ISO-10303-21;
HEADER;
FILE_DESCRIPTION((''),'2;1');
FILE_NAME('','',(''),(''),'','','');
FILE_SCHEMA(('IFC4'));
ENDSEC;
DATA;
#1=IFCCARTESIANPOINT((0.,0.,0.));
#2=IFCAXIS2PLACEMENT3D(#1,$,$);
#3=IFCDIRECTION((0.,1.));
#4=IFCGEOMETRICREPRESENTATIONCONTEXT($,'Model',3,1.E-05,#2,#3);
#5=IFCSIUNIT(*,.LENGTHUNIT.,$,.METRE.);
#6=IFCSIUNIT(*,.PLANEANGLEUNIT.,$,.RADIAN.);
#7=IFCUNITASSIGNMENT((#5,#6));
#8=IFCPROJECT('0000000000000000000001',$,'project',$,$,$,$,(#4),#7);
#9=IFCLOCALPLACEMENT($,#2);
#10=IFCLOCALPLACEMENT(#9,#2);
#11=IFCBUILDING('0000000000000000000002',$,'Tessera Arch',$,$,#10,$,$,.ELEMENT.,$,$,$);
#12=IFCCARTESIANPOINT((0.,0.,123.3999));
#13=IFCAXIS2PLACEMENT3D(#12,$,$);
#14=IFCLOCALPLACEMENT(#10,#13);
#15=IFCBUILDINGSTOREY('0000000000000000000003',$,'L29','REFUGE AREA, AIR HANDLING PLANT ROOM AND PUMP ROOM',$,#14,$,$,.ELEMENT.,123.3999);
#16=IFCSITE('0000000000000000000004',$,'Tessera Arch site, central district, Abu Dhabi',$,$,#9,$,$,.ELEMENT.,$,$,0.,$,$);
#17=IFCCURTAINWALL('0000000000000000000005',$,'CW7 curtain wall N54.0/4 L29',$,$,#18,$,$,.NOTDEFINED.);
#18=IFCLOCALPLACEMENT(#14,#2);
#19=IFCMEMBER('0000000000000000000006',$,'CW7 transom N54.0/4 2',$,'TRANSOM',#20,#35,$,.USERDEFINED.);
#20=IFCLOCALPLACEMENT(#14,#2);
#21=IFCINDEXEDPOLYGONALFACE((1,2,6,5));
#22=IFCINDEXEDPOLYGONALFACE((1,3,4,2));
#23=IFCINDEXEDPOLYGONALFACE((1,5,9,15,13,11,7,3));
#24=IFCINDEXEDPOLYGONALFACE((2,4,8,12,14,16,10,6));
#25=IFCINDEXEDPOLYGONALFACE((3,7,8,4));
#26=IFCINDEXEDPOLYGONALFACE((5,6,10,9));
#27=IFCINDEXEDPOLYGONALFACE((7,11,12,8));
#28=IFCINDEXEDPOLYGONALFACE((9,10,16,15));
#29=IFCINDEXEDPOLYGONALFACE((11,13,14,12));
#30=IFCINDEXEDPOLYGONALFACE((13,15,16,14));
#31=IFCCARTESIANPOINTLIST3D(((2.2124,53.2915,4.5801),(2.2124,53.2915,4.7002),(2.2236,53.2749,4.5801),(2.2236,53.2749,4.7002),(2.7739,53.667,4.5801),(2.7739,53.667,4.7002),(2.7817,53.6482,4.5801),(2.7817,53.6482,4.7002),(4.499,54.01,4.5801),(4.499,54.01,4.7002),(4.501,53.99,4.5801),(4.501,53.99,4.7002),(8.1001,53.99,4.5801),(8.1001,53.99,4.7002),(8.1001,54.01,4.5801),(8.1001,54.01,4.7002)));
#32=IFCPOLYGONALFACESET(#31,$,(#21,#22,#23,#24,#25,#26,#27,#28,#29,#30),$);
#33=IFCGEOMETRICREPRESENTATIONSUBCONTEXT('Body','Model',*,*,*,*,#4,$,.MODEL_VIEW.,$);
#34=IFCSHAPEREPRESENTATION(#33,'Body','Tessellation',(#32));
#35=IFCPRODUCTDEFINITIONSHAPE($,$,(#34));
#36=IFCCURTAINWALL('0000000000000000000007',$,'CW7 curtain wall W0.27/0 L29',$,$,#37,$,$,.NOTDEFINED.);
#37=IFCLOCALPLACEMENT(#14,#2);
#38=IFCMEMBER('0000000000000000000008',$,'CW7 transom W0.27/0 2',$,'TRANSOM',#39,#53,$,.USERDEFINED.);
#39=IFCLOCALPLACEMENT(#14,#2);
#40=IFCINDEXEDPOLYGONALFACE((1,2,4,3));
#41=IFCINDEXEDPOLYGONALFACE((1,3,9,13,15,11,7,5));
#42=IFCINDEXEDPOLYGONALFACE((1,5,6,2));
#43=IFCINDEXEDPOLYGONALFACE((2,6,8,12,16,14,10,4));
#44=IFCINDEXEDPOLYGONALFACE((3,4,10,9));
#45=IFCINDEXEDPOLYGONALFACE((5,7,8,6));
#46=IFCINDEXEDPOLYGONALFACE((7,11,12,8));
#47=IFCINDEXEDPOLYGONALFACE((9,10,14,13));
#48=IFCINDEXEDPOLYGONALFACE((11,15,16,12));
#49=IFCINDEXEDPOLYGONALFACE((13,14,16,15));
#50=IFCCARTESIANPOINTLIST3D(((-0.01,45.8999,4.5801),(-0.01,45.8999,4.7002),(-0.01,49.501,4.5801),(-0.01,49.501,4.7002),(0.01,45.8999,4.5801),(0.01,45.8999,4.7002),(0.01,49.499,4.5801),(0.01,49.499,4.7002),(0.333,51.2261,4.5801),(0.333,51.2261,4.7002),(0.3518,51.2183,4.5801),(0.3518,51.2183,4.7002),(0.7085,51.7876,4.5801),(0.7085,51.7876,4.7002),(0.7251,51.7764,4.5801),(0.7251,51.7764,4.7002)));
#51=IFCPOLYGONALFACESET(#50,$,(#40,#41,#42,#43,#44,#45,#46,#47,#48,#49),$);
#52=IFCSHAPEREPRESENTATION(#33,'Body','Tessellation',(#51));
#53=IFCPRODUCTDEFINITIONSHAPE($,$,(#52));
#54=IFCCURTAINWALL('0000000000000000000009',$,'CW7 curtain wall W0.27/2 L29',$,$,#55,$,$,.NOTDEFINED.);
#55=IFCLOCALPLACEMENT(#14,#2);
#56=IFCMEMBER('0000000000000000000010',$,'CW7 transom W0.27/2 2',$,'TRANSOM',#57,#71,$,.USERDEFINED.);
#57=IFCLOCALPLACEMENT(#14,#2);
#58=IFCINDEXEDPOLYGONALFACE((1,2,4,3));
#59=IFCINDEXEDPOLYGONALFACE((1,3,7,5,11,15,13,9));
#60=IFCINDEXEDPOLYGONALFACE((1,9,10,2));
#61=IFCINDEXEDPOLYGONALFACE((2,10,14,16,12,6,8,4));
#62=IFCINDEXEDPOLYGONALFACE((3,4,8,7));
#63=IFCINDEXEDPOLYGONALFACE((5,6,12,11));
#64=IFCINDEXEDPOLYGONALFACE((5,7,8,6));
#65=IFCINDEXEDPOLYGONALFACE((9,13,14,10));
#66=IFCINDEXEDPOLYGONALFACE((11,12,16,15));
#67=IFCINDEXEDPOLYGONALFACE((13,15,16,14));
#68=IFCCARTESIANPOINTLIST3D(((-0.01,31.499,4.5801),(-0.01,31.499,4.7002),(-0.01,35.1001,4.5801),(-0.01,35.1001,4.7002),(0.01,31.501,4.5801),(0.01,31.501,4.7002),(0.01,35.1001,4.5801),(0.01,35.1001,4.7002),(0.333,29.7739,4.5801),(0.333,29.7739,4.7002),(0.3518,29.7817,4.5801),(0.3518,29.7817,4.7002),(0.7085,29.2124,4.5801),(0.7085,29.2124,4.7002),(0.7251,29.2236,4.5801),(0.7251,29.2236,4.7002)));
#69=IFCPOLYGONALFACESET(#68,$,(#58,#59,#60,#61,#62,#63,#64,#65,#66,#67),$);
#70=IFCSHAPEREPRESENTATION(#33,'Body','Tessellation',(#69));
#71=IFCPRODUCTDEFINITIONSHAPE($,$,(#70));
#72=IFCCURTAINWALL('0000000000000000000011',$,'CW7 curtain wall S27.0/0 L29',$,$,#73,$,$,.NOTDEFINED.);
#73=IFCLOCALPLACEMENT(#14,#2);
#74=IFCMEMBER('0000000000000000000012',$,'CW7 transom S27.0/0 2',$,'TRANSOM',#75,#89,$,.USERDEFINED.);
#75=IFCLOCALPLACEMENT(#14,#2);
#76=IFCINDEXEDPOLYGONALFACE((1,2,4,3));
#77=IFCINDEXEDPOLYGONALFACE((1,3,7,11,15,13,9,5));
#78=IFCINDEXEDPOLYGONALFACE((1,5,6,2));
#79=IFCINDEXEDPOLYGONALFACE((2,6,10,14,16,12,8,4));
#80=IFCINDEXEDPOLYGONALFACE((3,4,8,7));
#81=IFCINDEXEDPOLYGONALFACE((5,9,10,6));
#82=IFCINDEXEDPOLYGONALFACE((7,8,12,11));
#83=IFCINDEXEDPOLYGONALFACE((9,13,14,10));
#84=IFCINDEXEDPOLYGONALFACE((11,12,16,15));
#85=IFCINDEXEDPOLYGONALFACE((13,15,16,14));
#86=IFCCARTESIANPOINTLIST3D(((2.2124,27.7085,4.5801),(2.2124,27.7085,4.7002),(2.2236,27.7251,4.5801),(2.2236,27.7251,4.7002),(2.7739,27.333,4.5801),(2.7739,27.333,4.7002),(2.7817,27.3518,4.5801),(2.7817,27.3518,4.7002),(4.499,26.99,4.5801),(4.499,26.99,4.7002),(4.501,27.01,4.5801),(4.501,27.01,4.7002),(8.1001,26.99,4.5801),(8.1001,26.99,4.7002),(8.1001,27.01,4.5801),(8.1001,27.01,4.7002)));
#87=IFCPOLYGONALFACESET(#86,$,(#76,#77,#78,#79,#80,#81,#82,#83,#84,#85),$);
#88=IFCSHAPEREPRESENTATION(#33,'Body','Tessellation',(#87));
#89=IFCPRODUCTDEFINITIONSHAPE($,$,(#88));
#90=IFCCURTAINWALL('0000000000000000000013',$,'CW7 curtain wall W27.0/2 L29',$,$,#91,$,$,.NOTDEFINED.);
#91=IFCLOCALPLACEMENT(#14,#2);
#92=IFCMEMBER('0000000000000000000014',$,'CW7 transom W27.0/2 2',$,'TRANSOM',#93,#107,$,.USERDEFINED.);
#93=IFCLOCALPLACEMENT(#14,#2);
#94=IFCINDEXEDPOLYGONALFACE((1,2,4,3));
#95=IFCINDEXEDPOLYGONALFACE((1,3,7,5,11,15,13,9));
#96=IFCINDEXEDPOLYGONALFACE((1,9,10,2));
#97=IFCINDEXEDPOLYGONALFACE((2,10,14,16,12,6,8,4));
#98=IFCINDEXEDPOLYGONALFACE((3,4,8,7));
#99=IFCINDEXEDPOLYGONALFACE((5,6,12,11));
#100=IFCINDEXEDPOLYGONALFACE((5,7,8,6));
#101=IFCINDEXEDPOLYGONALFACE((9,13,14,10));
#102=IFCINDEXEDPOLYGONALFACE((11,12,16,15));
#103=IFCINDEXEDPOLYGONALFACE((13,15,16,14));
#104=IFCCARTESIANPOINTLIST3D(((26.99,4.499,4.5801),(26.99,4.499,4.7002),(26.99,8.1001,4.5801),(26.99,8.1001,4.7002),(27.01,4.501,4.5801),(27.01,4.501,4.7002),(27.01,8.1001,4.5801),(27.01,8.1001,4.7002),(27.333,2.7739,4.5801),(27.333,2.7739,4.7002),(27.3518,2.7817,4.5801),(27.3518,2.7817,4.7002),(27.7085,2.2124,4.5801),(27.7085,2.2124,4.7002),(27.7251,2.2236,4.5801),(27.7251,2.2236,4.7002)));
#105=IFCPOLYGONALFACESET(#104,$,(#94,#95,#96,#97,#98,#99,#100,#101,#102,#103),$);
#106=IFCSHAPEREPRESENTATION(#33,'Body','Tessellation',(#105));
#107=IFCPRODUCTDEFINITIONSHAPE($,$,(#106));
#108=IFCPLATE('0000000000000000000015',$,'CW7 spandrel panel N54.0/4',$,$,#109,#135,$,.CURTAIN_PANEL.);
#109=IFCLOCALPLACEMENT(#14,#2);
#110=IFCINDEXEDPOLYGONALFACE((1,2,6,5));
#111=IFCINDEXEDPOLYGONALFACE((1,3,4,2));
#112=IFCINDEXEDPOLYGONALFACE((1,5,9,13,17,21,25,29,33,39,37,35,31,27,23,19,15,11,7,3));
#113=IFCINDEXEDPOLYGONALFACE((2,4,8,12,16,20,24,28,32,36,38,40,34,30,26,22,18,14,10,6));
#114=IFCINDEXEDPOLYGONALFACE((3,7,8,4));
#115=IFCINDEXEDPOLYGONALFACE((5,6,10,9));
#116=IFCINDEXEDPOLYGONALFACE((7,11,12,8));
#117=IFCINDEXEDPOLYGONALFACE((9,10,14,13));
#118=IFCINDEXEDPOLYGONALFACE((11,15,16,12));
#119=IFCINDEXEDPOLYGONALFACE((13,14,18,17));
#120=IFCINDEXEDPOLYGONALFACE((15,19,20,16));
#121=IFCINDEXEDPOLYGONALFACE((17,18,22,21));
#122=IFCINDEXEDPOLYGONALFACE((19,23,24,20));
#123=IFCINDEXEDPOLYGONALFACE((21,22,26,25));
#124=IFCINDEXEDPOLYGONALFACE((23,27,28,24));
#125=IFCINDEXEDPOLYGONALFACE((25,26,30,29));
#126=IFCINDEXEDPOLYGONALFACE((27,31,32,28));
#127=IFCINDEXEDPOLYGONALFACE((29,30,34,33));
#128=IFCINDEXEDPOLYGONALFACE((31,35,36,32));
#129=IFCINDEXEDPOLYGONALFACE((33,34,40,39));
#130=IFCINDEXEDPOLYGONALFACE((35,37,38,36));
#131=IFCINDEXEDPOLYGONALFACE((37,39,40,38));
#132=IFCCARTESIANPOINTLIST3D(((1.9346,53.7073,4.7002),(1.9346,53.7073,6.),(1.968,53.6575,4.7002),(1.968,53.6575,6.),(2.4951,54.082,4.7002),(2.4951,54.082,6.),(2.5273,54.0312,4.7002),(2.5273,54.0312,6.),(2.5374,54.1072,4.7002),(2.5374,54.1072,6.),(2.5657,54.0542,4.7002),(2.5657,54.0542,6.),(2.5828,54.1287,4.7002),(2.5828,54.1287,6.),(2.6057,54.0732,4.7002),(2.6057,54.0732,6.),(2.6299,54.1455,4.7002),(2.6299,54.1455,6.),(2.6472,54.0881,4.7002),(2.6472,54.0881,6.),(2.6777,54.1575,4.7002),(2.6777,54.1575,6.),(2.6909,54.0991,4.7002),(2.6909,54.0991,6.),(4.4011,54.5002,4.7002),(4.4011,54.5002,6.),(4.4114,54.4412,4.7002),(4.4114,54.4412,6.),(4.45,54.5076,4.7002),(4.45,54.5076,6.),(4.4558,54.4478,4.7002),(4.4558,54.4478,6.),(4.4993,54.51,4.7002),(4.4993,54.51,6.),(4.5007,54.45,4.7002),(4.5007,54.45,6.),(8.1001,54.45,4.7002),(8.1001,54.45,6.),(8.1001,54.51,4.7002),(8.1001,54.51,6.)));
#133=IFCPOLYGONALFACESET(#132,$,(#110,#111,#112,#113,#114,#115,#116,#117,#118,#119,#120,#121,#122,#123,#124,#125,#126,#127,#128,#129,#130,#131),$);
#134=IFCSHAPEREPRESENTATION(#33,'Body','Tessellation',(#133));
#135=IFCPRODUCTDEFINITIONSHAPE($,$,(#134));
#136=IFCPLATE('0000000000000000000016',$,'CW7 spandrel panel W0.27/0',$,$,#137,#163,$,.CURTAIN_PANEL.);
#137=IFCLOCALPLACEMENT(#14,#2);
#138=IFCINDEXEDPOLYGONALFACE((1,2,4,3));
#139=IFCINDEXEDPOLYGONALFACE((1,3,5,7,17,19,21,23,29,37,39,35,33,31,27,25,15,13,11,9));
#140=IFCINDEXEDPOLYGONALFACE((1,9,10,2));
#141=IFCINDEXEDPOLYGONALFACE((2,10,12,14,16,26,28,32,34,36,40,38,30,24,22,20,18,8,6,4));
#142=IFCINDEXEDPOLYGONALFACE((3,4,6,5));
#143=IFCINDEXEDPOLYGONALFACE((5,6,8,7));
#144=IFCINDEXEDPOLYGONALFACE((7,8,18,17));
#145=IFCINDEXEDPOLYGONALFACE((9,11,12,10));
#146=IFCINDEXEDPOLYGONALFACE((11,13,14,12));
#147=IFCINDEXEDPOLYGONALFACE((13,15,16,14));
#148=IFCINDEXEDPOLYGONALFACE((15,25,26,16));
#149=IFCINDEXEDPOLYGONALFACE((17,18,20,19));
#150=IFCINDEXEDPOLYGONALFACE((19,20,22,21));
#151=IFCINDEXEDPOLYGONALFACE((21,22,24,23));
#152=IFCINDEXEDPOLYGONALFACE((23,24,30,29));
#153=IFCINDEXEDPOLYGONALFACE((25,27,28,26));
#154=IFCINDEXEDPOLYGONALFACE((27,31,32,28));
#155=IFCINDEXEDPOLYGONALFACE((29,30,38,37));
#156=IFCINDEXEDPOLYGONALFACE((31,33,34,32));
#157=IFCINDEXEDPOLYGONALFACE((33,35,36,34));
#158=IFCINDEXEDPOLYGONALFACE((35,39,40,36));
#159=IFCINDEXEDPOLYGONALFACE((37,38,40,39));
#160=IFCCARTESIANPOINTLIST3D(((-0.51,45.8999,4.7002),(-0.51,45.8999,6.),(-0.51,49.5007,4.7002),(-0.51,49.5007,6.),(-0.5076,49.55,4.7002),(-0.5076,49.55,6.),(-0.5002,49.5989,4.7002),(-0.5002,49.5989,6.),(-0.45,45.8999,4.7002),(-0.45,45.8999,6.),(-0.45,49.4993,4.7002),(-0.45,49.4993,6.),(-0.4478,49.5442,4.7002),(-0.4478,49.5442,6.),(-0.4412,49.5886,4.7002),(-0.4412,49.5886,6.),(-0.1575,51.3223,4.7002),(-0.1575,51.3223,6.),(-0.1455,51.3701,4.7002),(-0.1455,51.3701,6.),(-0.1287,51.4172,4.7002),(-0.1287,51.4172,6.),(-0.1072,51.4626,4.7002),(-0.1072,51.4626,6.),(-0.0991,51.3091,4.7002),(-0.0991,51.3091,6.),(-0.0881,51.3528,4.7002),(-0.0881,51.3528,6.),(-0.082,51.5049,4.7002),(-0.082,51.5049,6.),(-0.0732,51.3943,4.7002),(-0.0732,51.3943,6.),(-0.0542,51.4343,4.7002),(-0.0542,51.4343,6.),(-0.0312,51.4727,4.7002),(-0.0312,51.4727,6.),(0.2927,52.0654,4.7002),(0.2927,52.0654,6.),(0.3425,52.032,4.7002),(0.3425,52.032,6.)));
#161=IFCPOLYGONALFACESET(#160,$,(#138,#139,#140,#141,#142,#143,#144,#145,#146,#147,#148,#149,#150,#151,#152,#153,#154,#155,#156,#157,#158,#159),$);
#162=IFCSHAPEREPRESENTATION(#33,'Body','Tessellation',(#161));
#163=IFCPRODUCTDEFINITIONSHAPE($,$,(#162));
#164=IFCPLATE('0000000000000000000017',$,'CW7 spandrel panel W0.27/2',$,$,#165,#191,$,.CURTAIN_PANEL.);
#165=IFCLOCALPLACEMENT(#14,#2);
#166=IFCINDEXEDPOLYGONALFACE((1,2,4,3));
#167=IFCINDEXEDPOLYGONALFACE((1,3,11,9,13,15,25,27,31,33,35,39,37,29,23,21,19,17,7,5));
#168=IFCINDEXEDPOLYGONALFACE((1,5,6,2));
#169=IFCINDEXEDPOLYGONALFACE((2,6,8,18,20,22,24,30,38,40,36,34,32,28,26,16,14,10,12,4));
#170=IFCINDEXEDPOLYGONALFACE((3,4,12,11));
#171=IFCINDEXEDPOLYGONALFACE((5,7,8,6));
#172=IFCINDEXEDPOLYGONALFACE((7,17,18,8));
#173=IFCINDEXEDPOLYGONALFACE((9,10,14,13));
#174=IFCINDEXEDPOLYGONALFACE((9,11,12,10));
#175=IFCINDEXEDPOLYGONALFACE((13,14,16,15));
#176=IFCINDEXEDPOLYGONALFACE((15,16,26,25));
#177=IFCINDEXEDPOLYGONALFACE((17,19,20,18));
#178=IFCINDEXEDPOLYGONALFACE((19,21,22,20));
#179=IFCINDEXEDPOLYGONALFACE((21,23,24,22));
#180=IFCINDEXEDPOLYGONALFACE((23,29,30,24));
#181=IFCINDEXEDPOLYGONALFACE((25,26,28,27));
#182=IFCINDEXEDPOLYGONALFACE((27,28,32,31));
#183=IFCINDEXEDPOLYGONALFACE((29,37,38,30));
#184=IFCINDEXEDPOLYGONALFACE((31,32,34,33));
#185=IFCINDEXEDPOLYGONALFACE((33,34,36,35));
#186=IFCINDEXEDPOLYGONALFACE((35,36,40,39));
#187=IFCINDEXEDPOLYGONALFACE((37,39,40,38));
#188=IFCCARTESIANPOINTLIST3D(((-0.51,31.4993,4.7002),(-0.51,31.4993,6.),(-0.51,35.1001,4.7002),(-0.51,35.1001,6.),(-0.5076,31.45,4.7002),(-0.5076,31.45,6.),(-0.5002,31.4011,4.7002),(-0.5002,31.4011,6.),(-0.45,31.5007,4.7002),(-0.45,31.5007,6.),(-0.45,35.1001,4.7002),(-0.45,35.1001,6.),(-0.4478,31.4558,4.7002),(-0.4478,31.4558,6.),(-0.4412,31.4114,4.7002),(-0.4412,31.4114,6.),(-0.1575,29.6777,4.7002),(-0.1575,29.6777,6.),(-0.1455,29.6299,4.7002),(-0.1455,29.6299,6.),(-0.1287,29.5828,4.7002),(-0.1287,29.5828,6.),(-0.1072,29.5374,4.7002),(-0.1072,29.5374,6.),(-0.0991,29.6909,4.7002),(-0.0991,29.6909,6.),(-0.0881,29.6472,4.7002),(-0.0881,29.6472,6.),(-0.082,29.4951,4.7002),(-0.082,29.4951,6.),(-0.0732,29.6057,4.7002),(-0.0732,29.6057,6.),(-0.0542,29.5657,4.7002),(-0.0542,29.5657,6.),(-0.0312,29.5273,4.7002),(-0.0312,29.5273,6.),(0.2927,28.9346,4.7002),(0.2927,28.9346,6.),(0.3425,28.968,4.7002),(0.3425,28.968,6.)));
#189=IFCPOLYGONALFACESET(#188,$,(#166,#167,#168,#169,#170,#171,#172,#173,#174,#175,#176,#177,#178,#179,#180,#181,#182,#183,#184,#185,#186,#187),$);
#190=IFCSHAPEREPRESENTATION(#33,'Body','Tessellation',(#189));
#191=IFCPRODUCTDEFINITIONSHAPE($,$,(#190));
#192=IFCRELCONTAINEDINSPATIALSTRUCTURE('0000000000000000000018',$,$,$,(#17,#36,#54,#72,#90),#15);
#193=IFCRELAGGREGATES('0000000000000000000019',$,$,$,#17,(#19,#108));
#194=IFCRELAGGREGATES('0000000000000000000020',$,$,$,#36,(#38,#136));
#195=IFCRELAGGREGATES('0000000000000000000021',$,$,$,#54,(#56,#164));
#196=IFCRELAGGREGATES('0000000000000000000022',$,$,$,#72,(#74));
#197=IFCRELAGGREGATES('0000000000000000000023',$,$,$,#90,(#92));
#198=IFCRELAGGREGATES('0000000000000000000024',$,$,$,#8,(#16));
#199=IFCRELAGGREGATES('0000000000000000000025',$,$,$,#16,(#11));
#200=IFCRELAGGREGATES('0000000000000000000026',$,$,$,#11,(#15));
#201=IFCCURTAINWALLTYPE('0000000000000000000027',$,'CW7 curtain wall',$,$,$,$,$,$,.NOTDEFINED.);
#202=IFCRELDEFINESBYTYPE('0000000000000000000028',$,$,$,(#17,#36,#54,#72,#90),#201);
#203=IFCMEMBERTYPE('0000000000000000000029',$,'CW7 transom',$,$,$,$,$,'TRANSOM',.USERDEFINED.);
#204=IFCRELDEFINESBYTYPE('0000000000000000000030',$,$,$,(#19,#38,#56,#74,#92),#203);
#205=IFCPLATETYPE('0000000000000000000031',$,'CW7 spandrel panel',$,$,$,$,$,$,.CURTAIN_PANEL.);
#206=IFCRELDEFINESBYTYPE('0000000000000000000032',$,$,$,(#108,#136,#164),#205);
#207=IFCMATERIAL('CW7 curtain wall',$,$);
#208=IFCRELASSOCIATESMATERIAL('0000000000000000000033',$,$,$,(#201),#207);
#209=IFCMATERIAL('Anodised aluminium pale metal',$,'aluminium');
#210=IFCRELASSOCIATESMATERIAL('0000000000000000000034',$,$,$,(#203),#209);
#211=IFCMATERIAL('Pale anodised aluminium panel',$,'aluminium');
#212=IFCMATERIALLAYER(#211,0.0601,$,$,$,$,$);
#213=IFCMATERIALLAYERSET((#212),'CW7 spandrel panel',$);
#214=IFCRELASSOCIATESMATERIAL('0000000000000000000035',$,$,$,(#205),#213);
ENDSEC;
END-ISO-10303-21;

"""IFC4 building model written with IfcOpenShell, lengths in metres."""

from ifc_helpers import new_model, si_unit, direction, frame, origin, origin_2d, place, context, subcontext, project, spatial, polyline, rectangle, outline, extrude, material, layer, layer_set, material_profile, profile_set, type_object, element, aggregate, save


model = new_model("IFC4")

# Units and contexts
model_context = context("Model", 3, precision=1e-05, world=origin(), true_north=direction((0.0, 1.0)))
body_context = subcontext(model_context, "Body", "Model", "MODEL_VIEW")
ifc_project = project(units=[si_unit("LENGTHUNIT", "METRE"), si_unit("PLANEANGLEUNIT", "RADIAN")], contexts=[model_context])

# Site, building, storey
site_placement = place(None, origin())
site = spatial("IfcSite", under=ifc_project, at=site_placement, Name="Tessera Arch site, central district, Abu Dhabi", CompositionType="ELEMENT", RefElevation=0.0)
building_placement = place(site_placement, origin())
building = spatial("IfcBuilding", under=site, at=building_placement, Name="Tessera Arch", CompositionType="ELEMENT")
storey_placement = place(building_placement, frame((0.0, 0.0, 123.3999)))
storey = spatial("IfcBuildingStorey", under=building, at=storey_placement, Name="L29", Description="REFUGE AREA, AIR HANDLING PLANT ROOM AND PUMP ROOM", CompositionType="ELEMENT", Elevation=123.3999)

# Curtain walls, members
ifc_material_1 = material(Name="CW7 curtain wall")
curtain_wall_type = type_object("IfcCurtainWallType", Name="CW7 curtain wall", PredefinedType="NOTDEFINED", material=ifc_material_1)
curtain_wall_1_placement = place(storey_placement, origin())
curtain_wall_1 = element("IfcCurtainWall", 1, at=curtain_wall_1_placement, inside=storey, type_object=curtain_wall_type, Name="CW7 curtain wall N54.0/4 L29", PredefinedType="NOTDEFINED")
ifc_material_2 = material(Name="Anodised aluminium pale metal", Category="aluminium")
ifc_material_profile = material_profile(ifc_material_2, rectangle(XDim=0.1599, YDim=0.1201, at=origin_2d()), Name="AL 160x120")
ifc_profile_set = profile_set([ifc_material_profile], Name="Anodised aluminium pale metal")
member_type = type_object("IfcMemberType", Name="CW7 transom", ElementType="TRANSOM", PredefinedType="USERDEFINED", material=ifc_profile_set)
member_1_placement = place(storey_placement, frame((0.0, 0.0, 4.5801)))
member_1 = element("IfcMember", 2, at=member_1_placement, type_object=member_type, Name="CW7 transom N54.0/4 2", ObjectType="TRANSOM", PredefinedType="USERDEFINED", context=body_context, shape_type="SweptSolid", body=[
    extrude(outline(polyline([(4.501, 53.99), (8.1001, 53.99), (8.1001, 54.01), (4.499, 54.01), (2.7739, 53.667), (2.2124, 53.2915), (2.2236, 53.2749), (2.7817, 53.6482), (4.501, 53.99)])), origin(), (0.0, 0.0, 1.0), 0.1201),
])
curtain_wall_2_placement = place(storey_placement, origin())
curtain_wall_2 = element("IfcCurtainWall", 3, at=curtain_wall_2_placement, inside=storey, type_object=curtain_wall_type, Name="CW7 curtain wall W0.27/0 L29", PredefinedType="NOTDEFINED")
member_2_placement = place(storey_placement, frame((0.0, 0.0, 4.5801)))
member_2 = element("IfcMember", 4, at=member_2_placement, type_object=member_type, Name="CW7 transom W0.27/0 2", ObjectType="TRANSOM", PredefinedType="USERDEFINED", context=body_context, shape_type="SweptSolid", body=[
    extrude(outline(polyline([(0.3518, 51.2183), (0.7251, 51.7764), (0.7085, 51.7876), (0.333, 51.2261), (-0.01, 49.501), (-0.01, 45.8999), (0.01, 45.8999), (0.01, 49.499), (0.3518, 51.2183)])), origin(), (0.0, 0.0, 1.0), 0.1201),
])
curtain_wall_3_placement = place(storey_placement, origin())
curtain_wall_3 = element("IfcCurtainWall", 5, at=curtain_wall_3_placement, inside=storey, type_object=curtain_wall_type, Name="CW7 curtain wall W0.27/2 L29", PredefinedType="NOTDEFINED")
member_3_placement = place(storey_placement, frame((0.0, 0.0, 4.5801)))
member_3 = element("IfcMember", 6, at=member_3_placement, type_object=member_type, Name="CW7 transom W0.27/2 2", ObjectType="TRANSOM", PredefinedType="USERDEFINED", context=body_context, shape_type="SweptSolid", body=[
    extrude(outline(polyline([(0.01, 31.501), (0.01, 35.1001), (-0.01, 35.1001), (-0.01, 31.499), (0.333, 29.7739), (0.7085, 29.2124), (0.7251, 29.2236), (0.3518, 29.7817), (0.01, 31.501)])), origin(), (0.0, 0.0, 1.0), 0.1201),
])
curtain_wall_4_placement = place(storey_placement, origin())
curtain_wall_4 = element("IfcCurtainWall", 7, at=curtain_wall_4_placement, inside=storey, type_object=curtain_wall_type, Name="CW7 curtain wall S27.0/0 L29", PredefinedType="NOTDEFINED")
member_4_placement = place(storey_placement, frame((0.0, 0.0, 4.5801)))
member_4 = element("IfcMember", 8, at=member_4_placement, type_object=member_type, Name="CW7 transom S27.0/0 2", ObjectType="TRANSOM", PredefinedType="USERDEFINED", context=body_context, shape_type="SweptSolid", body=[
    extrude(outline(polyline([(2.7817, 27.3518), (2.2236, 27.7251), (2.2124, 27.7085), (2.7739, 27.333), (4.499, 26.99), (8.1001, 26.99), (8.1001, 27.01), (4.501, 27.01), (2.7817, 27.3518)])), origin(), (0.0, 0.0, 1.0), 0.1201),
])
curtain_wall_5_placement = place(storey_placement, origin())
curtain_wall_5 = element("IfcCurtainWall", 9, at=curtain_wall_5_placement, inside=storey, type_object=curtain_wall_type, Name="CW7 curtain wall W27.0/2 L29", PredefinedType="NOTDEFINED")
member_5_placement = place(storey_placement, frame((0.0, 0.0, 4.5801)))
member_5 = element("IfcMember", 10, at=member_5_placement, type_object=member_type, Name="CW7 transom W27.0/2 2", ObjectType="TRANSOM", PredefinedType="USERDEFINED", context=body_context, shape_type="SweptSolid", body=[
    extrude(outline(polyline([(27.01, 4.501), (27.01, 8.1001), (26.99, 8.1001), (26.99, 4.499), (27.333, 2.7739), (27.7085, 2.2124), (27.7251, 2.2236), (27.3518, 2.7817), (27.01, 4.501)])), origin(), (0.0, 0.0, 1.0), 0.1201),
])

# Plates
ifc_material_3 = material(Name="Pale anodised aluminium panel", Category="aluminium")
ifc_layer = layer(ifc_material_3, 0.0601)
ifc_layer_set = layer_set([ifc_layer], Name="CW7 spandrel panel")
plate_type = type_object("IfcPlateType", Name="CW7 spandrel panel", PredefinedType="CURTAIN_PANEL", material=ifc_layer_set)
plate_1_placement = place(storey_placement, frame((0.0, 0.0, 4.7002)))
plate_1 = element("IfcPlate", 11, at=plate_1_placement, type_object=plate_type, Name="CW7 spandrel panel N54.0/4", PredefinedType="CURTAIN_PANEL", context=body_context, shape_type="SweptSolid", body=[
    extrude(outline(polyline([(4.5007, 54.45), (8.1001, 54.45), (8.1001, 54.51), (4.4993, 54.51), (4.45, 54.5076), (4.4011, 54.5002), (2.6777, 54.1575), (2.6299, 54.1455), (2.5828, 54.1287), (2.5374, 54.1072), (2.4951, 54.082), (1.9346, 53.7073), (1.968, 53.6575), (2.5273, 54.0312), (2.5657, 54.0542), (2.6057, 54.0732), (2.6472, 54.0881), (2.6909, 54.0991), (4.4114, 54.4412), (4.4558, 54.4478), (4.5007, 54.45)])), origin(), (0.0, 0.0, 1.0), 1.2998),
])
aggregate(curtain_wall_1, [member_1, plate_1])
plate_2_placement = place(storey_placement, frame((0.0, 0.0, 4.7002)))
plate_2 = element("IfcPlate", 12, at=plate_2_placement, type_object=plate_type, Name="CW7 spandrel panel W0.27/0", PredefinedType="CURTAIN_PANEL", context=body_context, shape_type="SweptSolid", body=[
    extrude(outline(polyline([(-0.0312, 51.4727), (0.3425, 52.032), (0.2927, 52.0654), (-0.082, 51.5049), (-0.1072, 51.4626), (-0.1287, 51.4172), (-0.1455, 51.3701), (-0.1575, 51.3223), (-0.5002, 49.5989), (-0.5076, 49.55), (-0.51, 49.5007), (-0.51, 45.8999), (-0.45, 45.8999), (-0.45, 49.4993), (-0.4478, 49.5442), (-0.4412, 49.5886), (-0.0991, 51.3091), (-0.0881, 51.3528), (-0.0732, 51.3943), (-0.0542, 51.4343), (-0.0312, 51.4727)])), origin(), (0.0, 0.0, 1.0), 1.2998),
])
aggregate(curtain_wall_2, [member_2, plate_2])
plate_3_placement = place(storey_placement, frame((0.0, 0.0, 4.7002)))
plate_3 = element("IfcPlate", 13, at=plate_3_placement, type_object=plate_type, Name="CW7 spandrel panel W0.27/2", PredefinedType="CURTAIN_PANEL", context=body_context, shape_type="SweptSolid", body=[
    extrude(outline(polyline([(-0.45, 31.5007), (-0.45, 35.1001), (-0.51, 35.1001), (-0.51, 31.4993), (-0.5076, 31.45), (-0.5002, 31.4011), (-0.1575, 29.6777), (-0.1455, 29.6299), (-0.1287, 29.5828), (-0.1072, 29.5374), (-0.082, 29.4951), (0.2927, 28.9346), (0.3425, 28.968), (-0.0312, 29.5273), (-0.0542, 29.5657), (-0.0732, 29.6057), (-0.0881, 29.6472), (-0.0991, 29.6909), (-0.4412, 31.4114), (-0.4478, 31.4558), (-0.45, 31.5007)])), origin(), (0.0, 0.0, 1.0), 1.2998),
])
aggregate(curtain_wall_3, [member_3, plate_3])
aggregate(curtain_wall_4, [member_4])
aggregate(curtain_wall_5, [member_5])

save(model, "model.ifc")
